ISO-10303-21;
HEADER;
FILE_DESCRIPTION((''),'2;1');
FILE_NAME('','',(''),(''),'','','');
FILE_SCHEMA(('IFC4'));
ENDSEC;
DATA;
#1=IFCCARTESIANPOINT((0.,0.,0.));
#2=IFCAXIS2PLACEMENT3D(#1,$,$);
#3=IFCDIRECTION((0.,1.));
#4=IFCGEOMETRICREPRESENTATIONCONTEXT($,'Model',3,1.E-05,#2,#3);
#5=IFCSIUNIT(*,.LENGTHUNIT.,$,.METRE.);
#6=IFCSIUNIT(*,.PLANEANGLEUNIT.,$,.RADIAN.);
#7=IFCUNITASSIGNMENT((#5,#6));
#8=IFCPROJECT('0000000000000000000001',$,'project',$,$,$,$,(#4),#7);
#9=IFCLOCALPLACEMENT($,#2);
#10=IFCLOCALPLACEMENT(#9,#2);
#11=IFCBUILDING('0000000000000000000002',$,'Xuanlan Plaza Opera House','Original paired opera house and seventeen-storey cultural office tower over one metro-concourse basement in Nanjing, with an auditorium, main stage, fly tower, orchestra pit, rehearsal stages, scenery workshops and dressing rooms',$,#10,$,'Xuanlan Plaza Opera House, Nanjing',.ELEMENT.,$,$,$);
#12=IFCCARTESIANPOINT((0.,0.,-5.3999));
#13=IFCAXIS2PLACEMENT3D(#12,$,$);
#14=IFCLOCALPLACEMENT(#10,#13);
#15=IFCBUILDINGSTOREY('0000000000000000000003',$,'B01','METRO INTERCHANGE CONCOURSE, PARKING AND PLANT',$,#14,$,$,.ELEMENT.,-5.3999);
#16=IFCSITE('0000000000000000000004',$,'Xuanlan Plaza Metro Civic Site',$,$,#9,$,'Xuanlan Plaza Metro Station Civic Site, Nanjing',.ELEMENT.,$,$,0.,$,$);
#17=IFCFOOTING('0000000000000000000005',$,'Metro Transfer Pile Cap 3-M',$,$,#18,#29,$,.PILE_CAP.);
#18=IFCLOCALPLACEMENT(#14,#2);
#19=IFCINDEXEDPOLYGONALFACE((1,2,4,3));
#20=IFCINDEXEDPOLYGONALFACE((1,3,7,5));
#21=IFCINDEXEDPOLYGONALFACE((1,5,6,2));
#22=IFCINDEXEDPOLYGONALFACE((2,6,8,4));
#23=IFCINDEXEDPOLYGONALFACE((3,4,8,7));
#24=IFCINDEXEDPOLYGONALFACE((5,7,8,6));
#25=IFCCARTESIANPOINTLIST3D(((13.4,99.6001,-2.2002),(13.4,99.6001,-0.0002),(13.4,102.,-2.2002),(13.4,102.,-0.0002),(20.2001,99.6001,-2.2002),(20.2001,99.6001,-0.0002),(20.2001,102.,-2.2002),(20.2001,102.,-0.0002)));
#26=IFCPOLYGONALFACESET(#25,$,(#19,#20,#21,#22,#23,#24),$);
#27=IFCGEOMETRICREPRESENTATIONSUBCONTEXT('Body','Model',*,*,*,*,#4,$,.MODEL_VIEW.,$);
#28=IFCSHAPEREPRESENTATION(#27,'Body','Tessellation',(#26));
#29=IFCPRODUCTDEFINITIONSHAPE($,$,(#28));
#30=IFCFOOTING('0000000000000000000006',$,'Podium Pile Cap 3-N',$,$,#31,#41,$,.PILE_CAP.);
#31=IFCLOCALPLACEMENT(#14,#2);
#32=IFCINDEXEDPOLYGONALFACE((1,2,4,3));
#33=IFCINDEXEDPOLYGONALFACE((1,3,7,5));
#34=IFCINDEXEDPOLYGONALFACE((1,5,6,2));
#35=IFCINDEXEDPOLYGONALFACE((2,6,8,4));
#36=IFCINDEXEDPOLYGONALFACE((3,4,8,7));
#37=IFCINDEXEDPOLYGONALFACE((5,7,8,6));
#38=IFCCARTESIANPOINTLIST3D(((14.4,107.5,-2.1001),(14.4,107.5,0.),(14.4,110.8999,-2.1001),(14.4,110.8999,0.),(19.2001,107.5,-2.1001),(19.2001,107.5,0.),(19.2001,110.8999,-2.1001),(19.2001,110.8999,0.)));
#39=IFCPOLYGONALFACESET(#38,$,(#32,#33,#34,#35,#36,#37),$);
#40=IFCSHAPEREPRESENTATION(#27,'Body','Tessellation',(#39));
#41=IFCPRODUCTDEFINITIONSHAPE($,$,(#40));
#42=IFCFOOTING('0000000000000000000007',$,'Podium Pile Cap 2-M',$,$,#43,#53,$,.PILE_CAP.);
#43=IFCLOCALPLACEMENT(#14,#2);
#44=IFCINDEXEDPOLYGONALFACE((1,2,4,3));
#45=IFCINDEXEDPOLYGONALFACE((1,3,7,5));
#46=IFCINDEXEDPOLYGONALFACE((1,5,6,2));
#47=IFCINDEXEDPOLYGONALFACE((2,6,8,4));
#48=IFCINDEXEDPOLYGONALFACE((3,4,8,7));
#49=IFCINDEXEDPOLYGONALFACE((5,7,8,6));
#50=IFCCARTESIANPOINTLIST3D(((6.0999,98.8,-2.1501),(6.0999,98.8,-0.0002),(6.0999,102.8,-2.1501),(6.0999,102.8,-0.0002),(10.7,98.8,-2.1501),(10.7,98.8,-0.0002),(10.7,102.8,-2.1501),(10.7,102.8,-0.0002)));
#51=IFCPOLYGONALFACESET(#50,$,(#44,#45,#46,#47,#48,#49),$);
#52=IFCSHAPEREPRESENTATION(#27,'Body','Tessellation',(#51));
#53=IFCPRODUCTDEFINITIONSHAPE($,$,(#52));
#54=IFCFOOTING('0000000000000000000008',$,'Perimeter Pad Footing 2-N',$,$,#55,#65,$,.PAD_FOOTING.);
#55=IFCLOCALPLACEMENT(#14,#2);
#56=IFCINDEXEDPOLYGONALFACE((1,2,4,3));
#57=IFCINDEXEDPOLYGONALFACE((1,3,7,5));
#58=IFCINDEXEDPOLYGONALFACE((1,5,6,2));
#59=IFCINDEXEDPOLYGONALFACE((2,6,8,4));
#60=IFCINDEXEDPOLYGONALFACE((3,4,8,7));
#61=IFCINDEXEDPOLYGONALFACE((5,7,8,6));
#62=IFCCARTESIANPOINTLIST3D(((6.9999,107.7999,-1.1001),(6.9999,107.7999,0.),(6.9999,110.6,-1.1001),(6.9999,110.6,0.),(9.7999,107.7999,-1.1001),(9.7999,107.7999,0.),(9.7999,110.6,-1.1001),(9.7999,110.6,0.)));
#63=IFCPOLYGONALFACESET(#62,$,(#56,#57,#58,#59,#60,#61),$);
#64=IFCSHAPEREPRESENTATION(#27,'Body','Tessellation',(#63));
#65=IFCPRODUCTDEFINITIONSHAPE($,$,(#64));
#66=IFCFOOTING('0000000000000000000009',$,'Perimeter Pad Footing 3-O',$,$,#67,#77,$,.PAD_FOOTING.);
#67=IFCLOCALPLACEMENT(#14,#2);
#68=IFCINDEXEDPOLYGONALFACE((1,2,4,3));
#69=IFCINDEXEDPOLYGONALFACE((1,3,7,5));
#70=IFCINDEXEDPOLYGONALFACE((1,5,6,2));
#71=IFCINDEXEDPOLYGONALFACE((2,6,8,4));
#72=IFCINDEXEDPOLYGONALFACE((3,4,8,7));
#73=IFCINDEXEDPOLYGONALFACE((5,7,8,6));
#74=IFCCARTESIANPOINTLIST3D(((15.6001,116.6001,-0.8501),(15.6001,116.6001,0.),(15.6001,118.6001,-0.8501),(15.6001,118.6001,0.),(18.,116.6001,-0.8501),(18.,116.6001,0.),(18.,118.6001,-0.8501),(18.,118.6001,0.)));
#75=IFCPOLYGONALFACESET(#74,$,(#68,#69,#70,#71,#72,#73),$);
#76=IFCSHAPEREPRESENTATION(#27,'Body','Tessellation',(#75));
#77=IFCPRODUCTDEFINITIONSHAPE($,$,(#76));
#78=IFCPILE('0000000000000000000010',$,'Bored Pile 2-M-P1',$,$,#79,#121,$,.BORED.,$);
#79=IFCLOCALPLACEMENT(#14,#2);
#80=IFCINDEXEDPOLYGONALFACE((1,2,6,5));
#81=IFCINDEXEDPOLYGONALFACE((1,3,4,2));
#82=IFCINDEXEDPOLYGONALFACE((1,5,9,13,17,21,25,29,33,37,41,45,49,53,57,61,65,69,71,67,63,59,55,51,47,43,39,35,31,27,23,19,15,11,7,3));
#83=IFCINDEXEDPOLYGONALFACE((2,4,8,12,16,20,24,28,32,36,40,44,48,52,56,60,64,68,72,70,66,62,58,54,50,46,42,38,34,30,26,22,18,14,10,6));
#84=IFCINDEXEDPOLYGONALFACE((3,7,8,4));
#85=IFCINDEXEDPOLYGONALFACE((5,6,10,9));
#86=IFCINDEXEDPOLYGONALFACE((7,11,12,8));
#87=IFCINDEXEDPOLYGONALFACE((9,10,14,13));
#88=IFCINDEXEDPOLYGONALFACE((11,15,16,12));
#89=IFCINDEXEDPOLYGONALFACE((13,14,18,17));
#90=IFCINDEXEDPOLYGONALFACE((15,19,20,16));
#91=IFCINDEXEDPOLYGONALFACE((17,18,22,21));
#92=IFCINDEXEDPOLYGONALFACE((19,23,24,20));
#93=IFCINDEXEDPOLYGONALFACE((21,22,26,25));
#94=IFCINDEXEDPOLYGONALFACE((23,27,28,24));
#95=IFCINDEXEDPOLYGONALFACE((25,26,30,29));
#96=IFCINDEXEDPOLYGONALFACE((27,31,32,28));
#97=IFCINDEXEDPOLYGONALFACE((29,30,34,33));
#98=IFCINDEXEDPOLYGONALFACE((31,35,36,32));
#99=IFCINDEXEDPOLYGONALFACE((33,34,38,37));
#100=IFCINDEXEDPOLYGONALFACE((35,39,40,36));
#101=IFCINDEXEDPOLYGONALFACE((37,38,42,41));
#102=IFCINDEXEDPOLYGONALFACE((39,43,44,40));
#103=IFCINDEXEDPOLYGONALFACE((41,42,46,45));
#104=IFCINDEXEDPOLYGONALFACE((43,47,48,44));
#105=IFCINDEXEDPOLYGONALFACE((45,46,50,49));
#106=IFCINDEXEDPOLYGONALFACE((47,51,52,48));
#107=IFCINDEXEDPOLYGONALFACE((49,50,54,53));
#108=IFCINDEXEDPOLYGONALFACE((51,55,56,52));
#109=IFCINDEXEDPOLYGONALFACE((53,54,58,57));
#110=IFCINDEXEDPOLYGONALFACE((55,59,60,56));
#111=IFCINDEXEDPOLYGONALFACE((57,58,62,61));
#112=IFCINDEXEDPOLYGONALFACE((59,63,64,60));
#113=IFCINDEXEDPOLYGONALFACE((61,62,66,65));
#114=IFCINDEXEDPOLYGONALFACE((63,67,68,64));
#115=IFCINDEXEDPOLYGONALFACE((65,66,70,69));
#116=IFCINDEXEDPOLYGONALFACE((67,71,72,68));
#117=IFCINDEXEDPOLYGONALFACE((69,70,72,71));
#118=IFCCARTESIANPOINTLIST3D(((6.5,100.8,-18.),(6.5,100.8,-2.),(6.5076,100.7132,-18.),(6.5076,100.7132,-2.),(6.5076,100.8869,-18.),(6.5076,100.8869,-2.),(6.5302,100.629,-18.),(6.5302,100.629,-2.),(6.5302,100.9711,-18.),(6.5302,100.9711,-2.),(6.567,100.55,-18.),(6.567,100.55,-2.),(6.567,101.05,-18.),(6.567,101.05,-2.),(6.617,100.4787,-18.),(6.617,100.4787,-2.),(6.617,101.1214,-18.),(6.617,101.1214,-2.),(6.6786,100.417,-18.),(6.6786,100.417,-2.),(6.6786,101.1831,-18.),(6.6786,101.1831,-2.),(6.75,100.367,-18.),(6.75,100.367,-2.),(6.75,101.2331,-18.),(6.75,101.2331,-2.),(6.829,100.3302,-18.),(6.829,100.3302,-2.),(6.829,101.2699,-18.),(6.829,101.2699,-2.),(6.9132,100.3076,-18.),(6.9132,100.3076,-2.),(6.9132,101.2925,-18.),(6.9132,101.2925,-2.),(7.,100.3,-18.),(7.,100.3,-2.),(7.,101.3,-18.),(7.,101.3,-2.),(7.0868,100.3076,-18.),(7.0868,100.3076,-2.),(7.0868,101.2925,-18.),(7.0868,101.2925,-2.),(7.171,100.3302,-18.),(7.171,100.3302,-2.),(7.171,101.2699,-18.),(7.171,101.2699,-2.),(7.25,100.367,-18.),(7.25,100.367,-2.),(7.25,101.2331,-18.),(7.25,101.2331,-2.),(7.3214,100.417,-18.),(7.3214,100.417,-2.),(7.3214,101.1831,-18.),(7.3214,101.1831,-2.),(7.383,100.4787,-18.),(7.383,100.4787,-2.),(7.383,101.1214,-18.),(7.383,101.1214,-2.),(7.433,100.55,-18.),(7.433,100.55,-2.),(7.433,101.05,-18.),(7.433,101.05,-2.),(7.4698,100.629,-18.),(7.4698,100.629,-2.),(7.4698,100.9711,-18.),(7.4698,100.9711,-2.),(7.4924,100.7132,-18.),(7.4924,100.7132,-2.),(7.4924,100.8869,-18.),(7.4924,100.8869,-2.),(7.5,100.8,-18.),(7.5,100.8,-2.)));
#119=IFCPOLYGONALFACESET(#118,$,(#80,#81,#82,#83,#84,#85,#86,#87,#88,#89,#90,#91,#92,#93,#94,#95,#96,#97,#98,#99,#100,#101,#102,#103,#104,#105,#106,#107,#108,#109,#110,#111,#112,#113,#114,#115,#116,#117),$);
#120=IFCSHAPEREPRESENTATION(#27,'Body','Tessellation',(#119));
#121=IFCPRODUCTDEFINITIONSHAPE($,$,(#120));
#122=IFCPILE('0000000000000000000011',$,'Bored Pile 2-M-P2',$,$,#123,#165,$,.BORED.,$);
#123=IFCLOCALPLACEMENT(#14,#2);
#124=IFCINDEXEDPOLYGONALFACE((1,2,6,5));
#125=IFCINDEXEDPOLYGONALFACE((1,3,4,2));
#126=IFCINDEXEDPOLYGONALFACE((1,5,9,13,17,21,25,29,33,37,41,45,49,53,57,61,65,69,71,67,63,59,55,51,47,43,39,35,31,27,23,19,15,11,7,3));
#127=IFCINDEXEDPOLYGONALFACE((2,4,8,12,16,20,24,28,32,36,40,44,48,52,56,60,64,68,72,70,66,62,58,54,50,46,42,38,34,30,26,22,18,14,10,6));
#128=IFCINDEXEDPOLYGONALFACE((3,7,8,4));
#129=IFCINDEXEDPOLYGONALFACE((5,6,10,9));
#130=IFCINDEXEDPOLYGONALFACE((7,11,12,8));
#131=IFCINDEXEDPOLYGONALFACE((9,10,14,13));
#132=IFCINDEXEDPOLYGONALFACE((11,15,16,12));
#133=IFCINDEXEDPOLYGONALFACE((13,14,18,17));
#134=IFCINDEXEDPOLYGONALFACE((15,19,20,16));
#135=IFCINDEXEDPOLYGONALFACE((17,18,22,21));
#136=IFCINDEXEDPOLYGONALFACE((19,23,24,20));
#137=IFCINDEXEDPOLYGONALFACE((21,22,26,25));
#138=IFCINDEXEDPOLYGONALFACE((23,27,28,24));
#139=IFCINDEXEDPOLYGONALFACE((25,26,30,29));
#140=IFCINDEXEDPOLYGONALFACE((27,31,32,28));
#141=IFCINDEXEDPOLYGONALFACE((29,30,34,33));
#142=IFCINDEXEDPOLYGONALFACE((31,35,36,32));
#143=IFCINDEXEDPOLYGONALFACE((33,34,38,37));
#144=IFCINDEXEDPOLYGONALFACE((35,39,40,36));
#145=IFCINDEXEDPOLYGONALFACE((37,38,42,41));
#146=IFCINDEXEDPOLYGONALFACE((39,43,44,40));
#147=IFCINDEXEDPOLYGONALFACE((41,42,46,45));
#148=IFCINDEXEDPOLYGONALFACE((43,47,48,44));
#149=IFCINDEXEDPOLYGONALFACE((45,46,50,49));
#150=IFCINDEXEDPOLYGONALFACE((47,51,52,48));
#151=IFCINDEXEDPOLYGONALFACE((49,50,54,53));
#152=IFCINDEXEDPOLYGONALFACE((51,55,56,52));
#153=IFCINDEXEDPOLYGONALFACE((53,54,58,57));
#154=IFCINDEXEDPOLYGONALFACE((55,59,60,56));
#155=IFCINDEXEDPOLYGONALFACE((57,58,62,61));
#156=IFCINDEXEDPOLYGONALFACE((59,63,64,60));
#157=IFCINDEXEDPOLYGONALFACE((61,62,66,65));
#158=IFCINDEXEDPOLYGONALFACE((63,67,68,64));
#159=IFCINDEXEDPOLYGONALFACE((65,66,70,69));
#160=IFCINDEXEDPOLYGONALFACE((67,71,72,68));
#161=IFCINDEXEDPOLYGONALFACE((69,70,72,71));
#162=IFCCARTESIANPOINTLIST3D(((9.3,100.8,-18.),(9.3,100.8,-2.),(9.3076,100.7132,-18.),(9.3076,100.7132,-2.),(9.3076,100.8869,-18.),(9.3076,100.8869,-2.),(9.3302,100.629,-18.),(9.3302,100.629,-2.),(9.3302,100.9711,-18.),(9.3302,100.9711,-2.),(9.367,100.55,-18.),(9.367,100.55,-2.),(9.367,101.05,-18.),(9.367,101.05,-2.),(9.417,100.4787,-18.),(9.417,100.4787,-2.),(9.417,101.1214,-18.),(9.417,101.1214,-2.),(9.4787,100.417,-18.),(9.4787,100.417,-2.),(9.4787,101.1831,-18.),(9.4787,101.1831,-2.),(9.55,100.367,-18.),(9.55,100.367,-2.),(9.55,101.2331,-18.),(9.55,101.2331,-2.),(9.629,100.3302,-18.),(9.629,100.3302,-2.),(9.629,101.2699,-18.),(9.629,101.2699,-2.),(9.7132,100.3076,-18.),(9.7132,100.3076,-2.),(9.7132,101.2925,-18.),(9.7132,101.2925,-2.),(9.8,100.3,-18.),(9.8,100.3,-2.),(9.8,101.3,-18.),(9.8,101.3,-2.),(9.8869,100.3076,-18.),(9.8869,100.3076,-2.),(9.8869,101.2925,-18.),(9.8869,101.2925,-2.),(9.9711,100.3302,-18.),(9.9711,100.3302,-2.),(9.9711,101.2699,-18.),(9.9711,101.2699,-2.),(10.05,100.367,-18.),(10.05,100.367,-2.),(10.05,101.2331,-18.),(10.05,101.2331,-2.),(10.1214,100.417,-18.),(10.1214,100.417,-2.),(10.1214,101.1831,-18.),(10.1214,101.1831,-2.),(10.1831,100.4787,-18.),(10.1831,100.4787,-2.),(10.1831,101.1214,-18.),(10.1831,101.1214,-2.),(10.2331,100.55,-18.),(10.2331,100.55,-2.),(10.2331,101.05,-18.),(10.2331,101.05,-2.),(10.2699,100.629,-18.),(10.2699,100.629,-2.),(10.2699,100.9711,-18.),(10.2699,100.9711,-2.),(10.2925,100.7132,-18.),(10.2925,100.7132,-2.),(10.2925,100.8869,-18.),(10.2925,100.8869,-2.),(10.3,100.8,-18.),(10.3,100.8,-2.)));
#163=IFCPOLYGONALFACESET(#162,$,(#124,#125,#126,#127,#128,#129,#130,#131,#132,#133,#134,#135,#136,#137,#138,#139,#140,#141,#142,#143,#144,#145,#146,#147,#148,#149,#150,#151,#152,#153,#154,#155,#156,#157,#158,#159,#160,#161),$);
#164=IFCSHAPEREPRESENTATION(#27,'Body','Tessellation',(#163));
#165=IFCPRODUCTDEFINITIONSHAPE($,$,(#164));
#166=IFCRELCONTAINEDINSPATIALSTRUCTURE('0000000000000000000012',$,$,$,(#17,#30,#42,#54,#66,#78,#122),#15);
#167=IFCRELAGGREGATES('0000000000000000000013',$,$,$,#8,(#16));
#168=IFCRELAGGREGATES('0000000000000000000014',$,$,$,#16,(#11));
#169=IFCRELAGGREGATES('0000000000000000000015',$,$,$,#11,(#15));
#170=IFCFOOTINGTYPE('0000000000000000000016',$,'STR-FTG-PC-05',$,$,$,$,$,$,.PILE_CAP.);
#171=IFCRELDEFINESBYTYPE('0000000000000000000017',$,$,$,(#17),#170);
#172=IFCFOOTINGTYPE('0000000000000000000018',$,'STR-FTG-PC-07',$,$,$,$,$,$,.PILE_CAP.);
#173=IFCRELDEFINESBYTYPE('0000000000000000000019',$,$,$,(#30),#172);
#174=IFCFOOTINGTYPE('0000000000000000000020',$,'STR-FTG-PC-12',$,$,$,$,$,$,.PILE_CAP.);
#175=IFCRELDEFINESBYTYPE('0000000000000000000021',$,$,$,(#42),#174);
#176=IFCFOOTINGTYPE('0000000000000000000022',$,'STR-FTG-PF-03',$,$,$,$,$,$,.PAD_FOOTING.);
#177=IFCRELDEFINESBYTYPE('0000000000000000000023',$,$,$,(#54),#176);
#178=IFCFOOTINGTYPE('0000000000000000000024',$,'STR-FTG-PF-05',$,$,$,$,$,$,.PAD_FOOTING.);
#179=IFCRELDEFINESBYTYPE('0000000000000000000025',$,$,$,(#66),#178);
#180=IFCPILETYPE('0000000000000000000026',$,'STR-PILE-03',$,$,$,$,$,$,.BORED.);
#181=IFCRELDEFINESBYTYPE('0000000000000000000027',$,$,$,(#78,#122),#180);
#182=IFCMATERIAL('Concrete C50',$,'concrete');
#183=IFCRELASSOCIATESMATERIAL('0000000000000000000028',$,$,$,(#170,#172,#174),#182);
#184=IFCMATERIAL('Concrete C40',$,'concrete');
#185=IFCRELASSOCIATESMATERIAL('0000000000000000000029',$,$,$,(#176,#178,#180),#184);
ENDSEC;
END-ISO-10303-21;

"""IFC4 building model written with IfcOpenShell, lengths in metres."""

from ifc_helpers import new_model, si_unit, direction, frame, origin, origin_2d, place, context, subcontext, project, spatial, rectangle, circle, extrude, material, material_profile, profile_set, type_object, element, save


model = new_model("IFC4")

# Units and contexts
model_context = context("Model", 3, precision=1e-05, world=origin(), true_north=direction((0.0, 1.0)))
body_context = subcontext(model_context, "Body", "Model", "MODEL_VIEW")
ifc_project = project(units=[si_unit("LENGTHUNIT", "METRE"), si_unit("PLANEANGLEUNIT", "RADIAN")], contexts=[model_context])

# Site, building, storey
site_placement = place(None, origin())
site = spatial("IfcSite", under=ifc_project, at=site_placement, Name="Xuanlan Plaza Metro Civic Site", LongName="Xuanlan Plaza Metro Station Civic Site, Nanjing", CompositionType="ELEMENT", RefElevation=0.0)
building_placement = place(site_placement, origin())
building = spatial("IfcBuilding", under=site, at=building_placement, Name="Xuanlan Plaza Opera House", Description="Original paired opera house and seventeen-storey cultural office tower over one metro-concourse basement in Nanjing, with an auditorium, main stage, fly tower, orchestra pit, rehearsal stages, scenery workshops and dressing rooms", LongName="Xuanlan Plaza Opera House, Nanjing", CompositionType="ELEMENT")
storey_placement = place(building_placement, frame((0.0, 0.0, -5.3999)))
storey = spatial("IfcBuildingStorey", under=building, at=storey_placement, Name="B01", Description="METRO INTERCHANGE CONCOURSE, PARKING AND PLANT", CompositionType="ELEMENT", Elevation=-5.3999)

# Footings
ifc_material_1 = material(Name="Concrete C50", Category="concrete")
footing_type_1 = type_object("IfcFootingType", Name="STR-FTG-PC-05", PredefinedType="PILE_CAP", material=ifc_material_1)
footing_1_placement = place(storey_placement, frame((16.8, 100.8, -2.2002), z_axis=(0.0, 0.0, 1.0), x_axis=(1.0, 0.0, 0.0)))
element("IfcFooting", 1, at=footing_1_placement, inside=storey, type_object=footing_type_1, Name="Metro Transfer Pile Cap 3-M", PredefinedType="PILE_CAP", context=body_context, shape_type="SweptSolid", body=[
    extrude(rectangle(XDim=6.8, YDim=2.3999, at=origin_2d()), origin(), (0.0, 0.0, 1.0), 2.2),
])
footing_type_2 = type_object("IfcFootingType", Name="STR-FTG-PC-07", PredefinedType="PILE_CAP", material=ifc_material_1)
footing_2_placement = place(storey_placement, frame((16.8, 109.2, -2.1001), z_axis=(0.0, 0.0, 1.0), x_axis=(1.0, 0.0, 0.0)))
element("IfcFooting", 2, at=footing_2_placement, inside=storey, type_object=footing_type_2, Name="Podium Pile Cap 3-N", PredefinedType="PILE_CAP", context=body_context, shape_type="SweptSolid", body=[
    extrude(rectangle(XDim=4.8, YDim=3.3999, at=origin_2d()), origin(), (0.0, 0.0, 1.0), 2.1001),
])
footing_type_3 = type_object("IfcFootingType", Name="STR-FTG-PC-12", PredefinedType="PILE_CAP", material=ifc_material_1)
footing_3_placement = place(storey_placement, frame((8.3999, 100.8, -2.1501), z_axis=(0.0, 0.0, 1.0), x_axis=(1.0, 0.0, 0.0)))
element("IfcFooting", 3, at=footing_3_placement, inside=storey, type_object=footing_type_3, Name="Podium Pile Cap 2-M", PredefinedType="PILE_CAP", context=body_context, shape_type="SweptSolid", body=[
    extrude(rectangle(XDim=4.6001, YDim=4.0, at=origin_2d()), origin(), (0.0, 0.0, 1.0), 2.1499),
])
ifc_material_2 = material(Name="Concrete C40", Category="concrete")
footing_type_4 = type_object("IfcFootingType", Name="STR-FTG-PF-03", PredefinedType="PAD_FOOTING", material=ifc_material_2)
footing_4_placement = place(storey_placement, frame((8.3999, 109.2, -1.1001), z_axis=(0.0, 0.0, 1.0), x_axis=(1.0, 0.0, 0.0)))
element("IfcFooting", 4, at=footing_4_placement, inside=storey, type_object=footing_type_4, Name="Perimeter Pad Footing 2-N", PredefinedType="PAD_FOOTING", context=body_context, shape_type="SweptSolid", body=[
    extrude(rectangle(XDim=2.8, YDim=2.8, at=origin_2d()), origin(), (0.0, 0.0, 1.0), 1.1001),
])
footing_type_5 = type_object("IfcFootingType", Name="STR-FTG-PF-05", PredefinedType="PAD_FOOTING", material=ifc_material_2)
footing_5_placement = place(storey_placement, frame((16.8, 117.6001, -0.8501), z_axis=(0.0, 0.0, 1.0), x_axis=(1.0, 0.0, 0.0)))
element("IfcFooting", 5, at=footing_5_placement, inside=storey, type_object=footing_type_5, Name="Perimeter Pad Footing 3-O", PredefinedType="PAD_FOOTING", context=body_context, shape_type="SweptSolid", body=[
    extrude(rectangle(XDim=2.3999, YDim=2.0, at=origin_2d()), origin(), (0.0, 0.0, 1.0), 0.8501),
])

# Piles
ifc_material_profile_1 = material_profile(ifc_material_2, circle(Radius=0.5, at=origin_2d()), Name="PILE D1000")
ifc_profile_set_1 = profile_set([ifc_material_profile_1], Name="Concrete C40")
pile_type_1 = type_object("IfcPileType", Name="STR-PILE-03", PredefinedType="BORED", material=ifc_profile_set_1)
for number, where, z_axis, x_axis, name in (
    (6, (7.0, 100.8, -2.0), (0.0, 0.0, -1.0), (1.0, 0.0, 0.0), "Bored Pile 2-M-P1"),
    (7, (9.8, 100.8, -2.0), (0.0, 0.0, -1.0), (1.0, 0.0, 0.0), "Bored Pile 2-M-P2"),
):
    element("IfcPile", number, at=place(storey_placement, frame(where, z_axis=z_axis, x_axis=x_axis)), inside=storey, type_object=pile_type_1, Name=name, PredefinedType="BORED", context=body_context, shape_type="SweptSolid", body=[
        extrude(circle(Radius=0.5, at=origin_2d()), origin(), (0.0, 0.0, 1.0), 16.0),
    ])

save(model, "model.ifc")
